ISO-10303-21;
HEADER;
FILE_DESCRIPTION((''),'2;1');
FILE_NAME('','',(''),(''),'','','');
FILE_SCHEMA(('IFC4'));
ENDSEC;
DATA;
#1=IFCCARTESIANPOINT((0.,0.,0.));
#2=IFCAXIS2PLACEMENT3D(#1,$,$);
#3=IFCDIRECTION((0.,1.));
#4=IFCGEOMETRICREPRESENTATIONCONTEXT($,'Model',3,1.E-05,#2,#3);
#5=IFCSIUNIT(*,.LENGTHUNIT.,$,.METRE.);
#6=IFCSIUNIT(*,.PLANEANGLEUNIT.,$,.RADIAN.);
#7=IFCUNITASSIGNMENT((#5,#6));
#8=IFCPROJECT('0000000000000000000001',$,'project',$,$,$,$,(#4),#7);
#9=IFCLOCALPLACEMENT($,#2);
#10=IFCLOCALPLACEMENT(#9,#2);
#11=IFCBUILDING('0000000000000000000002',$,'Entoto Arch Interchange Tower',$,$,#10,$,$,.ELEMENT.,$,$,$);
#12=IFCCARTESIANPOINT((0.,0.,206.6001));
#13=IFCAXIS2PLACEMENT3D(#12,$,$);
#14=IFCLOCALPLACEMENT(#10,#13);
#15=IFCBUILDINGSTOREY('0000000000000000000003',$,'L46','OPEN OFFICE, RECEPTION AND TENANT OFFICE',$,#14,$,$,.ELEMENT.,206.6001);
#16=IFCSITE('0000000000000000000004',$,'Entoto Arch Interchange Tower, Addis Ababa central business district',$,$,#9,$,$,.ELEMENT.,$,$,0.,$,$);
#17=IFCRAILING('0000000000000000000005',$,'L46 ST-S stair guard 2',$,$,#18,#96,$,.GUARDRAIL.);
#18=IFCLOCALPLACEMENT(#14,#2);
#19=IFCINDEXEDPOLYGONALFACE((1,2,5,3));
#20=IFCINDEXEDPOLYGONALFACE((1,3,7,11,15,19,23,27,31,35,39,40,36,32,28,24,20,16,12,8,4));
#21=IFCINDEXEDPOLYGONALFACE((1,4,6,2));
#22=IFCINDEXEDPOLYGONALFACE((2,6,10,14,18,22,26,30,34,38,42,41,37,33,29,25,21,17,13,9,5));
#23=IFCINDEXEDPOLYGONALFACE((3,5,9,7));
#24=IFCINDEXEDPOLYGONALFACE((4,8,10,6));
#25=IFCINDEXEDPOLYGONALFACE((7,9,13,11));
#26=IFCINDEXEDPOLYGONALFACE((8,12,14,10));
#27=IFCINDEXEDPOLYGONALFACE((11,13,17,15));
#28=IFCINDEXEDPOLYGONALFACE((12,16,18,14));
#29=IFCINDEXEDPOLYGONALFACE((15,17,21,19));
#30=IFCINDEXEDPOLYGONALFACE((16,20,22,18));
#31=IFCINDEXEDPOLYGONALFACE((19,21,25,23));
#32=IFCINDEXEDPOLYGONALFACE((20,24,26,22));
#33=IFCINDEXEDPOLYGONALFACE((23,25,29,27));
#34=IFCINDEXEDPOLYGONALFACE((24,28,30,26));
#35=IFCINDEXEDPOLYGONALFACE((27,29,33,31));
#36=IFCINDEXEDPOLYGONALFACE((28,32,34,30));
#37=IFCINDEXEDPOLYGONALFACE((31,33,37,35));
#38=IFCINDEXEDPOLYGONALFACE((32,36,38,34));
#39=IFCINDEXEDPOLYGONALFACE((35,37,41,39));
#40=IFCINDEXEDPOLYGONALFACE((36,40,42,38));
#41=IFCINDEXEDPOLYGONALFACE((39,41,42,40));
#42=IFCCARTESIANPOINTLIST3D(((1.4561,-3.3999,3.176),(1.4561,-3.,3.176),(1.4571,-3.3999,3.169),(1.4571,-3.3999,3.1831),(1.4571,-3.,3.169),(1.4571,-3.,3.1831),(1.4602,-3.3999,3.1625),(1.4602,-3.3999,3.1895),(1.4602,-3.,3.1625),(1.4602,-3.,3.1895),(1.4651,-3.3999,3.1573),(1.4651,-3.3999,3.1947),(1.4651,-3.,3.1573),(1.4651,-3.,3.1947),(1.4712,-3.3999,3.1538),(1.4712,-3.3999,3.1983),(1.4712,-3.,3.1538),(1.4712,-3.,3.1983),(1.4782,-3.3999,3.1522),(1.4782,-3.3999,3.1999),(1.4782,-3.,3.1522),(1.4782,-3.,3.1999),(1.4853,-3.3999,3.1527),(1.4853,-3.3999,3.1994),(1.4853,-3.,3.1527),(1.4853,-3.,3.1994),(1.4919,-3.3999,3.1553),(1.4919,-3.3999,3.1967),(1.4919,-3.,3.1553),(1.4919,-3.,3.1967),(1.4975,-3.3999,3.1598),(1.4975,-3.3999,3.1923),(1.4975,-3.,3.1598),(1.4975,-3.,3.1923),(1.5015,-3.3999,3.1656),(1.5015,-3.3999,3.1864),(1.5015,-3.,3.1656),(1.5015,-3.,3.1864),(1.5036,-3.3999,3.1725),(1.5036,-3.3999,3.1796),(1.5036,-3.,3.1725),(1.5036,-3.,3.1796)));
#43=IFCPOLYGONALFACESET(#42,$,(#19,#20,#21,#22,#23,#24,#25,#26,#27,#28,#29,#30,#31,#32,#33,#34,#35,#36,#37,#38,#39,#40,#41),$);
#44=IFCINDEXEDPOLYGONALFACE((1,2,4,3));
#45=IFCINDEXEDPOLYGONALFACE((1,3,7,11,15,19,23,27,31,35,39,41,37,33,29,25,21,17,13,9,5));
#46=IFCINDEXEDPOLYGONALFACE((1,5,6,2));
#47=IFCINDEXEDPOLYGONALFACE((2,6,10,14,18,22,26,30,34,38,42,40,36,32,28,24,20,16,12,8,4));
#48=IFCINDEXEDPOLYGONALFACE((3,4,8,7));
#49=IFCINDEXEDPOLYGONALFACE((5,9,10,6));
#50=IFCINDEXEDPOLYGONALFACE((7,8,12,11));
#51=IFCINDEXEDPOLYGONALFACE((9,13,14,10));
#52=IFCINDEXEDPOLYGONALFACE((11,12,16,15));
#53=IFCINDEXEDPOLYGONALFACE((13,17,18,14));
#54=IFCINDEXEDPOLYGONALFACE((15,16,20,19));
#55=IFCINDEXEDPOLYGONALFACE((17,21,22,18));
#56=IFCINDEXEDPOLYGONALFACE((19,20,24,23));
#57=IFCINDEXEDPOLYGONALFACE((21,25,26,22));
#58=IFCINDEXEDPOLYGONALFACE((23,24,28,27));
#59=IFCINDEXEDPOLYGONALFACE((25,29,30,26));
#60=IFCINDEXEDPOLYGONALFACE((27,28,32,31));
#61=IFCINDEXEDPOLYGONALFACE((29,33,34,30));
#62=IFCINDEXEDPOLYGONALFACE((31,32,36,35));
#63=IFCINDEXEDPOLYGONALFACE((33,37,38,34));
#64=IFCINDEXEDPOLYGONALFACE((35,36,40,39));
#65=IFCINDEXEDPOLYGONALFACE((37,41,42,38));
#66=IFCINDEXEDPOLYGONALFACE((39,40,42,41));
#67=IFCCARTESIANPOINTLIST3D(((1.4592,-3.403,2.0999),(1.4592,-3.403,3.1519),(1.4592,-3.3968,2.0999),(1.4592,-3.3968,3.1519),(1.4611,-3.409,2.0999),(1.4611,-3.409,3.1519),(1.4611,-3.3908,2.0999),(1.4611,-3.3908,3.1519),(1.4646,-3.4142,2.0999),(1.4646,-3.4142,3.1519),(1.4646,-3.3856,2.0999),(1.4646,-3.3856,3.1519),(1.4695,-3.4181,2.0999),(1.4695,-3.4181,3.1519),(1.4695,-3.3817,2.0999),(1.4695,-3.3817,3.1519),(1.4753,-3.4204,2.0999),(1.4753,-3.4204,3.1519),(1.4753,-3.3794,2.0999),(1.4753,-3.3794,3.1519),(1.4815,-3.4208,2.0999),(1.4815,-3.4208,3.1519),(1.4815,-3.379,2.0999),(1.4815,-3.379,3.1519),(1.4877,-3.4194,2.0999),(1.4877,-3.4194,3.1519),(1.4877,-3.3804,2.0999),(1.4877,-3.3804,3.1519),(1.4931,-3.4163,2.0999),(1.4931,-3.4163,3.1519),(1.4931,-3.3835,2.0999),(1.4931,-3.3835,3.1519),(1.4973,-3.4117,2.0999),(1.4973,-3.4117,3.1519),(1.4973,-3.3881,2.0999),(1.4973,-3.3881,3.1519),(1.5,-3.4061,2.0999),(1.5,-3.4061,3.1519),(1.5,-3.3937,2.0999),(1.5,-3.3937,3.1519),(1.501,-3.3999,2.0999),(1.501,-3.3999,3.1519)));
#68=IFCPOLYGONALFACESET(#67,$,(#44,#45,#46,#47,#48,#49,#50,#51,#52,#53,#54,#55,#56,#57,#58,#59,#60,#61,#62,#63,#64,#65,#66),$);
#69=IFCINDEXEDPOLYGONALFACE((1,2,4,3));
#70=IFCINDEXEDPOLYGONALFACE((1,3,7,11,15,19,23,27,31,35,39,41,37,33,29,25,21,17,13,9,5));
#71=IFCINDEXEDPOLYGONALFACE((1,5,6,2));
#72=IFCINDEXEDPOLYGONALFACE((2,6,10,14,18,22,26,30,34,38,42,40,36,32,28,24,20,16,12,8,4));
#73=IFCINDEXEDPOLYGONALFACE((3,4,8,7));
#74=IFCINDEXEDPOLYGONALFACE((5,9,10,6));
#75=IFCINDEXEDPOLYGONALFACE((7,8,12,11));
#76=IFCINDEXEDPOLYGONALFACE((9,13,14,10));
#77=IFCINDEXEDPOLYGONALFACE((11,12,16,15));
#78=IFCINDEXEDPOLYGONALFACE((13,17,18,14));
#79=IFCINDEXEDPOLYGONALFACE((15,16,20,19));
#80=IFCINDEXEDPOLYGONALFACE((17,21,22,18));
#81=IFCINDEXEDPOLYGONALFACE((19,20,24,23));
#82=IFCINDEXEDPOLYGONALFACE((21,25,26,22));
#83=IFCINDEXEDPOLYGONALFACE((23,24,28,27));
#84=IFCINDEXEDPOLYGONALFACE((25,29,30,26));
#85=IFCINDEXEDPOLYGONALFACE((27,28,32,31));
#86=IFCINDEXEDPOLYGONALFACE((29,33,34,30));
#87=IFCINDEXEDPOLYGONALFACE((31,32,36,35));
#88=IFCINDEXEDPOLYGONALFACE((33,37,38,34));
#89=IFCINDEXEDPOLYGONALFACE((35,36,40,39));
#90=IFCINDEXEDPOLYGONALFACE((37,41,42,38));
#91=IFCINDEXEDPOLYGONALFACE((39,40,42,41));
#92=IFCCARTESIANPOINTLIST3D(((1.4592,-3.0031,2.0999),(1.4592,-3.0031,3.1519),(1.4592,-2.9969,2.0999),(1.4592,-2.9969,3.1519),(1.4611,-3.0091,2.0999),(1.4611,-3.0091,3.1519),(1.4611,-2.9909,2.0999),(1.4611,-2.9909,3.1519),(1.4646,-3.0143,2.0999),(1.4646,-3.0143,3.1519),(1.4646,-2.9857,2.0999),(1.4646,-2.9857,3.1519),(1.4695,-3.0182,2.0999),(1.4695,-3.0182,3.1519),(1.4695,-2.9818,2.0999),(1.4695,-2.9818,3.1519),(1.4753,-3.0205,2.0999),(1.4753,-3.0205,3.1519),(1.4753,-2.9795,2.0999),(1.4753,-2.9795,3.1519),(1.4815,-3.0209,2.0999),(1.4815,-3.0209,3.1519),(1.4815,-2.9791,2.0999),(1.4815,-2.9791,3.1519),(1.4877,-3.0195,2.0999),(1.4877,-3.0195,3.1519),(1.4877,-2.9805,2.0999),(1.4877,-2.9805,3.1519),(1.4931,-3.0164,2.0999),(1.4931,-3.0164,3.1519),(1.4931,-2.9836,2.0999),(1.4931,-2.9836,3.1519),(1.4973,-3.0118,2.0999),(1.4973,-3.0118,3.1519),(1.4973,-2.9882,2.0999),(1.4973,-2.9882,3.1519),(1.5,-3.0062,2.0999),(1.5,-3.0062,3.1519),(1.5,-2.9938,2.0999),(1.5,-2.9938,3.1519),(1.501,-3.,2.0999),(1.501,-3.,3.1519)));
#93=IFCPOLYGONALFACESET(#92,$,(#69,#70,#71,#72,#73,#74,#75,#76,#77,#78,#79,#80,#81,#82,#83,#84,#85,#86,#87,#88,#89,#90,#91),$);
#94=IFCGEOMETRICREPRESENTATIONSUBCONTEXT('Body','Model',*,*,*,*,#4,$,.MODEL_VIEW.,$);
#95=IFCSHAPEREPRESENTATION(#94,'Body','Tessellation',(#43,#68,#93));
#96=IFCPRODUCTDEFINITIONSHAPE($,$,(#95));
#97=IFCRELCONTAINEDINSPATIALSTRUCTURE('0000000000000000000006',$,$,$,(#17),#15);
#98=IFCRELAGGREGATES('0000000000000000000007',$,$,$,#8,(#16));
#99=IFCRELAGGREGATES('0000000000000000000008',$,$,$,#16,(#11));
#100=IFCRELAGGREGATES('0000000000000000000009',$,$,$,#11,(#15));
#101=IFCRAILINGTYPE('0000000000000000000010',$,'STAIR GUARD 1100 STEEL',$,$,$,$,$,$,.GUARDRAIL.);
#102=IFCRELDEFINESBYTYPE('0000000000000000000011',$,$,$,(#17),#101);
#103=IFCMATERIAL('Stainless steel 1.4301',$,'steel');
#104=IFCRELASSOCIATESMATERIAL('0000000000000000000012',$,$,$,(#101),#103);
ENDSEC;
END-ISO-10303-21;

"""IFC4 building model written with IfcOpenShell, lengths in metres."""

from ifc_helpers import new_model, si_unit, direction, frame, origin, origin_2d, place, context, subcontext, project, spatial, circle, extrude, material, type_object, element, save


model = new_model("IFC4")

# Units and contexts
model_context = context("Model", 3, precision=1e-05, world=origin(), true_north=direction((0.0, 1.0)))
body_context = subcontext(model_context, "Body", "Model", "MODEL_VIEW")
ifc_project = project(units=[si_unit("LENGTHUNIT", "METRE"), si_unit("PLANEANGLEUNIT", "RADIAN")], contexts=[model_context])

# Site, building, storey
site_placement = place(None, origin())
site = spatial("IfcSite", under=ifc_project, at=site_placement, Name="Entoto Arch Interchange Tower, Addis Ababa central business district", CompositionType="ELEMENT", RefElevation=0.0)
building_placement = place(site_placement, origin())
building = spatial("IfcBuilding", under=site, at=building_placement, Name="Entoto Arch Interchange Tower", CompositionType="ELEMENT")
storey_placement = place(building_placement, frame((0.0, 0.0, 206.6001)))
storey = spatial("IfcBuildingStorey", under=building, at=storey_placement, Name="L46", Description="OPEN OFFICE, RECEPTION AND TENANT OFFICE", CompositionType="ELEMENT", Elevation=206.6001)

# Railing
ifc_material_1 = material(Name="Stainless steel 1.4301", Category="steel")
railing_type_1 = type_object("IfcRailingType", Name="STAIR GUARD 1100 STEEL", PredefinedType="GUARDRAIL", material=ifc_material_1)
railing_1_placement = place(storey_placement, frame((1.48, -3.3999, 2.0999)))
element("IfcRailing", 1, at=railing_1_placement, inside=storey, type_object=railing_type_1, Name="L46 ST-S stair guard 2", PredefinedType="GUARDRAIL", context=body_context, shape_type="SweptSolid", body=[
    extrude(circle(Radius=0.0239, at=origin_2d()), frame((0.0, 0.0, 1.0762), z_axis=(0.0, 1.0, 0.0), x_axis=(-1.0, 0.0, 0.0)), (0.0, 0.0, 1.0), 0.3999),
    extrude(circle(Radius=0.021, at=origin_2d()), origin(), (0.0, 0.0, 1.0), 1.052),
    extrude(circle(Radius=0.021, at=origin_2d()), frame((0.0, 0.3999, 0.0)), (0.0, 0.0, 1.0), 1.052),
])

save(model, "model.ifc")
